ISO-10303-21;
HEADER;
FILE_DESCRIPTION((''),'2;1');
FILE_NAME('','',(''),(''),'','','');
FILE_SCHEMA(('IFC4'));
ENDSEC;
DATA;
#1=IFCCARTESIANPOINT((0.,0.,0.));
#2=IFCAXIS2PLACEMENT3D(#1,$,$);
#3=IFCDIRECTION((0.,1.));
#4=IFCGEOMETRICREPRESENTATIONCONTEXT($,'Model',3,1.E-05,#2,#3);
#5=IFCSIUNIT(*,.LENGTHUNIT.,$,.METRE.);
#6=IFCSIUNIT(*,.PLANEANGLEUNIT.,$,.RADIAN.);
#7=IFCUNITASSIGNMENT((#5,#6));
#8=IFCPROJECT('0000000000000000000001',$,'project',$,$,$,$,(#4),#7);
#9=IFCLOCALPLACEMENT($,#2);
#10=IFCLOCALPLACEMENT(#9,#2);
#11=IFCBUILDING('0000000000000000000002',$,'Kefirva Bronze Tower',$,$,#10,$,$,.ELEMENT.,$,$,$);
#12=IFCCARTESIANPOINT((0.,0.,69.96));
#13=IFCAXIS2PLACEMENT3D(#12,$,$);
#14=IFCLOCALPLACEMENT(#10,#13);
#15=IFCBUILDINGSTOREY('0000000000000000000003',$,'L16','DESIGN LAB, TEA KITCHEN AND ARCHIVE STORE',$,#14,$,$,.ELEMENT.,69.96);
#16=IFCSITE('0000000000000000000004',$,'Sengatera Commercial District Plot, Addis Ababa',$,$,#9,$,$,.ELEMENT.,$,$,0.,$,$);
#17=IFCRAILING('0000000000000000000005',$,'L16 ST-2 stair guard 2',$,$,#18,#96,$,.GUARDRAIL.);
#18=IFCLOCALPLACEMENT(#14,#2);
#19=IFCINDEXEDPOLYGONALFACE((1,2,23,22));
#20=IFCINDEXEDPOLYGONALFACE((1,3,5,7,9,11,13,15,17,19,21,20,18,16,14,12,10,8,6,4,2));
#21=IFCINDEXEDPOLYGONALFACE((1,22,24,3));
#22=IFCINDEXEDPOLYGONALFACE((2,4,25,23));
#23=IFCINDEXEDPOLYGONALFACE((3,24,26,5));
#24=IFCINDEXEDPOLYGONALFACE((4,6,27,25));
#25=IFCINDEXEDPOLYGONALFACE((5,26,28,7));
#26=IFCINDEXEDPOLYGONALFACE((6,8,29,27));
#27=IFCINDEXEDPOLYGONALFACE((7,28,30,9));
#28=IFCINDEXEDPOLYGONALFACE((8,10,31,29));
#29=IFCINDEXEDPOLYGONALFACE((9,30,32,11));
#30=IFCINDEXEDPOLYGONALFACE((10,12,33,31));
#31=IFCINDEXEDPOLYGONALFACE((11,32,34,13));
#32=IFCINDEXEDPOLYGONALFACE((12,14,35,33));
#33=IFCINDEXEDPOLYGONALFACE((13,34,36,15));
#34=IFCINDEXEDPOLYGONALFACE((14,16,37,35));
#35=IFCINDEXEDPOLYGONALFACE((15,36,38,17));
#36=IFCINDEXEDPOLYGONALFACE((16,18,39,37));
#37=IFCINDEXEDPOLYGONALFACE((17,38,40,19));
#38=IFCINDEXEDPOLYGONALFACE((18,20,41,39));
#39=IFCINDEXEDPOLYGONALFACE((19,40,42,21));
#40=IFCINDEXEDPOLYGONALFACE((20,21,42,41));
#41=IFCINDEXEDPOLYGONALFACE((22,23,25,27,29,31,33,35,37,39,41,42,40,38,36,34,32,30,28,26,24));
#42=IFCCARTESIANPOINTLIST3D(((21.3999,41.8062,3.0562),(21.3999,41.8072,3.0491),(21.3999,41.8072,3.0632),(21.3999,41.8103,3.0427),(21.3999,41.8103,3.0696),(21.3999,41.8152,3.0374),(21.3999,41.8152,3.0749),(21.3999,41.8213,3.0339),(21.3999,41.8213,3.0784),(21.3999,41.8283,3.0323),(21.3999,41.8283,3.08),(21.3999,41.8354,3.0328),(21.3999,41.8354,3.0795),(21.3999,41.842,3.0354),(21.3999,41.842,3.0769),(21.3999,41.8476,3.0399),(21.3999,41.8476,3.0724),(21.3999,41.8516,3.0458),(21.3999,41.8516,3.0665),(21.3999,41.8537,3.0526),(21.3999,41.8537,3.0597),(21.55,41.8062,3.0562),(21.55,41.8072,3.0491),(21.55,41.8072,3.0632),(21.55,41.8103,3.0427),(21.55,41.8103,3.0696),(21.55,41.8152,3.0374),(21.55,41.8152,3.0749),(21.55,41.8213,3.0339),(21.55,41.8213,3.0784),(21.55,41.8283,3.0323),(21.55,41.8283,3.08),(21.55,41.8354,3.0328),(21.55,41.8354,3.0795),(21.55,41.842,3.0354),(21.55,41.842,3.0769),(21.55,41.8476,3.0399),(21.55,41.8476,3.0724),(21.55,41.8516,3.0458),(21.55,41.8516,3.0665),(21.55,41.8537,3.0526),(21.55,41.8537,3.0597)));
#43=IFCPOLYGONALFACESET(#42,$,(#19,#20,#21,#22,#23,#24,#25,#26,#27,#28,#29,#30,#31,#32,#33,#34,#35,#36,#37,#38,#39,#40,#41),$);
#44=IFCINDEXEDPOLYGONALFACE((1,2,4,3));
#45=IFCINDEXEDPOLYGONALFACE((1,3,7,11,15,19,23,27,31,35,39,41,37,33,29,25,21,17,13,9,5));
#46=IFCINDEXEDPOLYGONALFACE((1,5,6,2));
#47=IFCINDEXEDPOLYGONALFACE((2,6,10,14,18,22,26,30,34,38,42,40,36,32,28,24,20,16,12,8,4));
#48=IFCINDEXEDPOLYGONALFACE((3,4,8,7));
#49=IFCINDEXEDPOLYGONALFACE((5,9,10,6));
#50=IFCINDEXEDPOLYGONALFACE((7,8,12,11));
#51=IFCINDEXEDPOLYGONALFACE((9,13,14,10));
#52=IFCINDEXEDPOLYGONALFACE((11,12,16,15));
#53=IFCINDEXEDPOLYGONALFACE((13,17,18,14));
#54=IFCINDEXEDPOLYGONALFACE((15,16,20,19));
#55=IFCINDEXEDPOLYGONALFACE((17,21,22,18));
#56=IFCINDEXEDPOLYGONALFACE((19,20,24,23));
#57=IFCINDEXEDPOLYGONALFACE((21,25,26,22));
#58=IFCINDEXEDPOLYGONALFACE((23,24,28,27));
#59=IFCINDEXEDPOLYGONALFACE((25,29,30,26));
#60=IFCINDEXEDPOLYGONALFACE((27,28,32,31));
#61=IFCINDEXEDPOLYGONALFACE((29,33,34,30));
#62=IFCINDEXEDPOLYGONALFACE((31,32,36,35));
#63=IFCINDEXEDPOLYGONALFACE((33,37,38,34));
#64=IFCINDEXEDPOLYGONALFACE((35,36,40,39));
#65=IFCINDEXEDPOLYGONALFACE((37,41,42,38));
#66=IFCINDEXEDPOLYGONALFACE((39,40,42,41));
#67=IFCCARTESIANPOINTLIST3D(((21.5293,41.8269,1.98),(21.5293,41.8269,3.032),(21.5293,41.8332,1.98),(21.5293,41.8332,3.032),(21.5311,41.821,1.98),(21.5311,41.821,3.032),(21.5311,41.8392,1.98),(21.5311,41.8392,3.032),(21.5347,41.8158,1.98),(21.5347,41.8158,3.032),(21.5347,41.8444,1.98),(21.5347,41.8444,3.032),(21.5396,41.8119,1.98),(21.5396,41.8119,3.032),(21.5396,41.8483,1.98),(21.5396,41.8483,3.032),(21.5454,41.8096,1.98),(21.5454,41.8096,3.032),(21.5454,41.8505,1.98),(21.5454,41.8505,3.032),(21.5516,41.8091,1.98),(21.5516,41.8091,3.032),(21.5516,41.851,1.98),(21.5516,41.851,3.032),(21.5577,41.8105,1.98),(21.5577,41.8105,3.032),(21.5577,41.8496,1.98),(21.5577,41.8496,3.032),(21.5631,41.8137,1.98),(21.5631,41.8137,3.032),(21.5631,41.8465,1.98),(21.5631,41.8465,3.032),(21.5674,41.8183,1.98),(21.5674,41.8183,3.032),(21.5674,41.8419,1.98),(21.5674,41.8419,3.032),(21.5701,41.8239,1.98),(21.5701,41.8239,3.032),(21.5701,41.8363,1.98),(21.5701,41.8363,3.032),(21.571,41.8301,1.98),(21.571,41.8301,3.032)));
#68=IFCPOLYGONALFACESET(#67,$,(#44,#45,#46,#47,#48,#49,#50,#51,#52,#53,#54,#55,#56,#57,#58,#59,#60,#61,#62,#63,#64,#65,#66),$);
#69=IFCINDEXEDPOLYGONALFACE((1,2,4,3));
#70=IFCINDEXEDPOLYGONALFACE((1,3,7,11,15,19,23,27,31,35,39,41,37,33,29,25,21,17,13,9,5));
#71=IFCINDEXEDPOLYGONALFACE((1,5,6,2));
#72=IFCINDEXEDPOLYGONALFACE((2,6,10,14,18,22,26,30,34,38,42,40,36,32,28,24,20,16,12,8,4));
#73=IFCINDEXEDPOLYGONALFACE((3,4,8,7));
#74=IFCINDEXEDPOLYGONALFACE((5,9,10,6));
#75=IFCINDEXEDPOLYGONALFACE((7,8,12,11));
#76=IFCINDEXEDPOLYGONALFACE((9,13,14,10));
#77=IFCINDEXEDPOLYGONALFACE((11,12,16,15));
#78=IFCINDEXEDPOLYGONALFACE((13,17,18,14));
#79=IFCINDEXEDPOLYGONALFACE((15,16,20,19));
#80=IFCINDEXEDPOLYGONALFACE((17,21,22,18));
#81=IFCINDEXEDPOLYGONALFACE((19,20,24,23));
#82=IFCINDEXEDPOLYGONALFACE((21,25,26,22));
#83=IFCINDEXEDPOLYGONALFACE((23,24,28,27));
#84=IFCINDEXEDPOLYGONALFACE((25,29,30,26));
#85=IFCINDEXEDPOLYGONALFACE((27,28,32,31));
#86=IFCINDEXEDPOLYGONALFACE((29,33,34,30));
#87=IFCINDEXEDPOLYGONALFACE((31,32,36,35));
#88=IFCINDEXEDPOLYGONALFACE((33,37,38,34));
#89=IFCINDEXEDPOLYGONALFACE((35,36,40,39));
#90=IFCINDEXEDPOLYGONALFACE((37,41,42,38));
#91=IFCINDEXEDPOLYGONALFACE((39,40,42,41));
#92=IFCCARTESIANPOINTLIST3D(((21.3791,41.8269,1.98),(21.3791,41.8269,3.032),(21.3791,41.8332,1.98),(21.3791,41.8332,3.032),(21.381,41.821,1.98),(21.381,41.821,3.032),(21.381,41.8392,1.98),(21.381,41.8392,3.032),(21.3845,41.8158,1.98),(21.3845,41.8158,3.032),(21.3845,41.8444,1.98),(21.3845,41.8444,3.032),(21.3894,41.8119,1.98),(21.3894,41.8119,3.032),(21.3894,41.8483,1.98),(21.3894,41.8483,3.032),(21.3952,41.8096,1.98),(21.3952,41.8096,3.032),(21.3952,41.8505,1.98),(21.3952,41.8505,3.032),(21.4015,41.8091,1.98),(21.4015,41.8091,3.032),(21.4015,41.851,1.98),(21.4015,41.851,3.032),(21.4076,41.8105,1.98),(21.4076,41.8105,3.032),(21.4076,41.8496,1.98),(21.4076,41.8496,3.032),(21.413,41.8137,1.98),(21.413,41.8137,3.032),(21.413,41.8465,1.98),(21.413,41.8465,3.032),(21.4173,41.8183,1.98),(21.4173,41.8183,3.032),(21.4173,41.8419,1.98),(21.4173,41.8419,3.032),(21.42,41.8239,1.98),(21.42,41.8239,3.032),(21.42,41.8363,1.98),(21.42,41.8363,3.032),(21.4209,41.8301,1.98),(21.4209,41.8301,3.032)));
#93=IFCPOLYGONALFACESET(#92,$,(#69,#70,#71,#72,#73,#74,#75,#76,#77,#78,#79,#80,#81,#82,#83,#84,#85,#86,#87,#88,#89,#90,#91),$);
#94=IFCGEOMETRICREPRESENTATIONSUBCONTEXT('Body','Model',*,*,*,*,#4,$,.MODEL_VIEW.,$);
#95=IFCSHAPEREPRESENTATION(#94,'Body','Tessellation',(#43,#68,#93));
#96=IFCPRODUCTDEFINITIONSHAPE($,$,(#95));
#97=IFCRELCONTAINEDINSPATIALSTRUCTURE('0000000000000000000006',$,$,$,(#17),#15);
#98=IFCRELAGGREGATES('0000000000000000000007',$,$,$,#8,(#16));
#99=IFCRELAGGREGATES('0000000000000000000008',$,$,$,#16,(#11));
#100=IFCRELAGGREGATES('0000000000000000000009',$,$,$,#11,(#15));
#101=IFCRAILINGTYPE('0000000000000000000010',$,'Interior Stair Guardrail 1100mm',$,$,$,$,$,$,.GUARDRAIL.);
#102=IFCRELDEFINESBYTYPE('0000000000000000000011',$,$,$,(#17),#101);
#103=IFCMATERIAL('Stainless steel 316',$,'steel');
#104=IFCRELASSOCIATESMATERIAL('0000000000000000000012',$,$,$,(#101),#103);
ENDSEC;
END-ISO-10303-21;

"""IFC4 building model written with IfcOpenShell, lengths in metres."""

from ifc_helpers import new_model, si_unit, direction, frame, origin, origin_2d, place, context, subcontext, project, spatial, circle, extrude, material, type_object, element, save


model = new_model("IFC4")

# Units and contexts
model_context = context("Model", 3, precision=1e-05, world=origin(), true_north=direction((0.0, 1.0)))
body_context = subcontext(model_context, "Body", "Model", "MODEL_VIEW")
ifc_project = project(units=[si_unit("LENGTHUNIT", "METRE"), si_unit("PLANEANGLEUNIT", "RADIAN")], contexts=[model_context])

# Site, building, storey
site_placement = place(None, origin())
site = spatial("IfcSite", under=ifc_project, at=site_placement, Name="Sengatera Commercial District Plot, Addis Ababa", CompositionType="ELEMENT", RefElevation=0.0)
building_placement = place(site_placement, origin())
building = spatial("IfcBuilding", under=site, at=building_placement, Name="Kefirva Bronze Tower", CompositionType="ELEMENT")
storey_placement = place(building_placement, frame((0.0, 0.0, 69.96)))
storey = spatial("IfcBuildingStorey", under=building, at=storey_placement, Name="L16", Description="DESIGN LAB, TEA KITCHEN AND ARCHIVE STORE", CompositionType="ELEMENT", Elevation=69.96)

# Railing
ifc_material_1 = material(Name="Stainless steel 316", Category="steel")
railing_type_1 = type_object("IfcRailingType", Name="Interior Stair Guardrail 1100mm", PredefinedType="GUARDRAIL", material=ifc_material_1)
railing_1_placement = place(storey_placement, frame((21.55, 41.8301, 1.98)))
element("IfcRailing", 1, at=railing_1_placement, inside=storey, type_object=railing_type_1, Name="L16 ST-2 stair guard 2", PredefinedType="GUARDRAIL", context=body_context, shape_type="SweptSolid", body=[
    extrude(circle(Radius=0.0239, at=origin_2d()), frame((0.0, 0.0, 1.0762), z_axis=(-1.0, 0.0, 0.0), x_axis=(0.0, -1.0, 0.0)), (0.0, 0.0, 1.0), 0.1501),
    extrude(circle(Radius=0.021, at=origin_2d()), origin(), (0.0, 0.0, 1.0), 1.052),
    extrude(circle(Radius=0.021, at=origin_2d()), frame((-0.1501, 0.0, 0.0)), (0.0, 0.0, 1.0), 1.052),
])

save(model, "model.ifc")
